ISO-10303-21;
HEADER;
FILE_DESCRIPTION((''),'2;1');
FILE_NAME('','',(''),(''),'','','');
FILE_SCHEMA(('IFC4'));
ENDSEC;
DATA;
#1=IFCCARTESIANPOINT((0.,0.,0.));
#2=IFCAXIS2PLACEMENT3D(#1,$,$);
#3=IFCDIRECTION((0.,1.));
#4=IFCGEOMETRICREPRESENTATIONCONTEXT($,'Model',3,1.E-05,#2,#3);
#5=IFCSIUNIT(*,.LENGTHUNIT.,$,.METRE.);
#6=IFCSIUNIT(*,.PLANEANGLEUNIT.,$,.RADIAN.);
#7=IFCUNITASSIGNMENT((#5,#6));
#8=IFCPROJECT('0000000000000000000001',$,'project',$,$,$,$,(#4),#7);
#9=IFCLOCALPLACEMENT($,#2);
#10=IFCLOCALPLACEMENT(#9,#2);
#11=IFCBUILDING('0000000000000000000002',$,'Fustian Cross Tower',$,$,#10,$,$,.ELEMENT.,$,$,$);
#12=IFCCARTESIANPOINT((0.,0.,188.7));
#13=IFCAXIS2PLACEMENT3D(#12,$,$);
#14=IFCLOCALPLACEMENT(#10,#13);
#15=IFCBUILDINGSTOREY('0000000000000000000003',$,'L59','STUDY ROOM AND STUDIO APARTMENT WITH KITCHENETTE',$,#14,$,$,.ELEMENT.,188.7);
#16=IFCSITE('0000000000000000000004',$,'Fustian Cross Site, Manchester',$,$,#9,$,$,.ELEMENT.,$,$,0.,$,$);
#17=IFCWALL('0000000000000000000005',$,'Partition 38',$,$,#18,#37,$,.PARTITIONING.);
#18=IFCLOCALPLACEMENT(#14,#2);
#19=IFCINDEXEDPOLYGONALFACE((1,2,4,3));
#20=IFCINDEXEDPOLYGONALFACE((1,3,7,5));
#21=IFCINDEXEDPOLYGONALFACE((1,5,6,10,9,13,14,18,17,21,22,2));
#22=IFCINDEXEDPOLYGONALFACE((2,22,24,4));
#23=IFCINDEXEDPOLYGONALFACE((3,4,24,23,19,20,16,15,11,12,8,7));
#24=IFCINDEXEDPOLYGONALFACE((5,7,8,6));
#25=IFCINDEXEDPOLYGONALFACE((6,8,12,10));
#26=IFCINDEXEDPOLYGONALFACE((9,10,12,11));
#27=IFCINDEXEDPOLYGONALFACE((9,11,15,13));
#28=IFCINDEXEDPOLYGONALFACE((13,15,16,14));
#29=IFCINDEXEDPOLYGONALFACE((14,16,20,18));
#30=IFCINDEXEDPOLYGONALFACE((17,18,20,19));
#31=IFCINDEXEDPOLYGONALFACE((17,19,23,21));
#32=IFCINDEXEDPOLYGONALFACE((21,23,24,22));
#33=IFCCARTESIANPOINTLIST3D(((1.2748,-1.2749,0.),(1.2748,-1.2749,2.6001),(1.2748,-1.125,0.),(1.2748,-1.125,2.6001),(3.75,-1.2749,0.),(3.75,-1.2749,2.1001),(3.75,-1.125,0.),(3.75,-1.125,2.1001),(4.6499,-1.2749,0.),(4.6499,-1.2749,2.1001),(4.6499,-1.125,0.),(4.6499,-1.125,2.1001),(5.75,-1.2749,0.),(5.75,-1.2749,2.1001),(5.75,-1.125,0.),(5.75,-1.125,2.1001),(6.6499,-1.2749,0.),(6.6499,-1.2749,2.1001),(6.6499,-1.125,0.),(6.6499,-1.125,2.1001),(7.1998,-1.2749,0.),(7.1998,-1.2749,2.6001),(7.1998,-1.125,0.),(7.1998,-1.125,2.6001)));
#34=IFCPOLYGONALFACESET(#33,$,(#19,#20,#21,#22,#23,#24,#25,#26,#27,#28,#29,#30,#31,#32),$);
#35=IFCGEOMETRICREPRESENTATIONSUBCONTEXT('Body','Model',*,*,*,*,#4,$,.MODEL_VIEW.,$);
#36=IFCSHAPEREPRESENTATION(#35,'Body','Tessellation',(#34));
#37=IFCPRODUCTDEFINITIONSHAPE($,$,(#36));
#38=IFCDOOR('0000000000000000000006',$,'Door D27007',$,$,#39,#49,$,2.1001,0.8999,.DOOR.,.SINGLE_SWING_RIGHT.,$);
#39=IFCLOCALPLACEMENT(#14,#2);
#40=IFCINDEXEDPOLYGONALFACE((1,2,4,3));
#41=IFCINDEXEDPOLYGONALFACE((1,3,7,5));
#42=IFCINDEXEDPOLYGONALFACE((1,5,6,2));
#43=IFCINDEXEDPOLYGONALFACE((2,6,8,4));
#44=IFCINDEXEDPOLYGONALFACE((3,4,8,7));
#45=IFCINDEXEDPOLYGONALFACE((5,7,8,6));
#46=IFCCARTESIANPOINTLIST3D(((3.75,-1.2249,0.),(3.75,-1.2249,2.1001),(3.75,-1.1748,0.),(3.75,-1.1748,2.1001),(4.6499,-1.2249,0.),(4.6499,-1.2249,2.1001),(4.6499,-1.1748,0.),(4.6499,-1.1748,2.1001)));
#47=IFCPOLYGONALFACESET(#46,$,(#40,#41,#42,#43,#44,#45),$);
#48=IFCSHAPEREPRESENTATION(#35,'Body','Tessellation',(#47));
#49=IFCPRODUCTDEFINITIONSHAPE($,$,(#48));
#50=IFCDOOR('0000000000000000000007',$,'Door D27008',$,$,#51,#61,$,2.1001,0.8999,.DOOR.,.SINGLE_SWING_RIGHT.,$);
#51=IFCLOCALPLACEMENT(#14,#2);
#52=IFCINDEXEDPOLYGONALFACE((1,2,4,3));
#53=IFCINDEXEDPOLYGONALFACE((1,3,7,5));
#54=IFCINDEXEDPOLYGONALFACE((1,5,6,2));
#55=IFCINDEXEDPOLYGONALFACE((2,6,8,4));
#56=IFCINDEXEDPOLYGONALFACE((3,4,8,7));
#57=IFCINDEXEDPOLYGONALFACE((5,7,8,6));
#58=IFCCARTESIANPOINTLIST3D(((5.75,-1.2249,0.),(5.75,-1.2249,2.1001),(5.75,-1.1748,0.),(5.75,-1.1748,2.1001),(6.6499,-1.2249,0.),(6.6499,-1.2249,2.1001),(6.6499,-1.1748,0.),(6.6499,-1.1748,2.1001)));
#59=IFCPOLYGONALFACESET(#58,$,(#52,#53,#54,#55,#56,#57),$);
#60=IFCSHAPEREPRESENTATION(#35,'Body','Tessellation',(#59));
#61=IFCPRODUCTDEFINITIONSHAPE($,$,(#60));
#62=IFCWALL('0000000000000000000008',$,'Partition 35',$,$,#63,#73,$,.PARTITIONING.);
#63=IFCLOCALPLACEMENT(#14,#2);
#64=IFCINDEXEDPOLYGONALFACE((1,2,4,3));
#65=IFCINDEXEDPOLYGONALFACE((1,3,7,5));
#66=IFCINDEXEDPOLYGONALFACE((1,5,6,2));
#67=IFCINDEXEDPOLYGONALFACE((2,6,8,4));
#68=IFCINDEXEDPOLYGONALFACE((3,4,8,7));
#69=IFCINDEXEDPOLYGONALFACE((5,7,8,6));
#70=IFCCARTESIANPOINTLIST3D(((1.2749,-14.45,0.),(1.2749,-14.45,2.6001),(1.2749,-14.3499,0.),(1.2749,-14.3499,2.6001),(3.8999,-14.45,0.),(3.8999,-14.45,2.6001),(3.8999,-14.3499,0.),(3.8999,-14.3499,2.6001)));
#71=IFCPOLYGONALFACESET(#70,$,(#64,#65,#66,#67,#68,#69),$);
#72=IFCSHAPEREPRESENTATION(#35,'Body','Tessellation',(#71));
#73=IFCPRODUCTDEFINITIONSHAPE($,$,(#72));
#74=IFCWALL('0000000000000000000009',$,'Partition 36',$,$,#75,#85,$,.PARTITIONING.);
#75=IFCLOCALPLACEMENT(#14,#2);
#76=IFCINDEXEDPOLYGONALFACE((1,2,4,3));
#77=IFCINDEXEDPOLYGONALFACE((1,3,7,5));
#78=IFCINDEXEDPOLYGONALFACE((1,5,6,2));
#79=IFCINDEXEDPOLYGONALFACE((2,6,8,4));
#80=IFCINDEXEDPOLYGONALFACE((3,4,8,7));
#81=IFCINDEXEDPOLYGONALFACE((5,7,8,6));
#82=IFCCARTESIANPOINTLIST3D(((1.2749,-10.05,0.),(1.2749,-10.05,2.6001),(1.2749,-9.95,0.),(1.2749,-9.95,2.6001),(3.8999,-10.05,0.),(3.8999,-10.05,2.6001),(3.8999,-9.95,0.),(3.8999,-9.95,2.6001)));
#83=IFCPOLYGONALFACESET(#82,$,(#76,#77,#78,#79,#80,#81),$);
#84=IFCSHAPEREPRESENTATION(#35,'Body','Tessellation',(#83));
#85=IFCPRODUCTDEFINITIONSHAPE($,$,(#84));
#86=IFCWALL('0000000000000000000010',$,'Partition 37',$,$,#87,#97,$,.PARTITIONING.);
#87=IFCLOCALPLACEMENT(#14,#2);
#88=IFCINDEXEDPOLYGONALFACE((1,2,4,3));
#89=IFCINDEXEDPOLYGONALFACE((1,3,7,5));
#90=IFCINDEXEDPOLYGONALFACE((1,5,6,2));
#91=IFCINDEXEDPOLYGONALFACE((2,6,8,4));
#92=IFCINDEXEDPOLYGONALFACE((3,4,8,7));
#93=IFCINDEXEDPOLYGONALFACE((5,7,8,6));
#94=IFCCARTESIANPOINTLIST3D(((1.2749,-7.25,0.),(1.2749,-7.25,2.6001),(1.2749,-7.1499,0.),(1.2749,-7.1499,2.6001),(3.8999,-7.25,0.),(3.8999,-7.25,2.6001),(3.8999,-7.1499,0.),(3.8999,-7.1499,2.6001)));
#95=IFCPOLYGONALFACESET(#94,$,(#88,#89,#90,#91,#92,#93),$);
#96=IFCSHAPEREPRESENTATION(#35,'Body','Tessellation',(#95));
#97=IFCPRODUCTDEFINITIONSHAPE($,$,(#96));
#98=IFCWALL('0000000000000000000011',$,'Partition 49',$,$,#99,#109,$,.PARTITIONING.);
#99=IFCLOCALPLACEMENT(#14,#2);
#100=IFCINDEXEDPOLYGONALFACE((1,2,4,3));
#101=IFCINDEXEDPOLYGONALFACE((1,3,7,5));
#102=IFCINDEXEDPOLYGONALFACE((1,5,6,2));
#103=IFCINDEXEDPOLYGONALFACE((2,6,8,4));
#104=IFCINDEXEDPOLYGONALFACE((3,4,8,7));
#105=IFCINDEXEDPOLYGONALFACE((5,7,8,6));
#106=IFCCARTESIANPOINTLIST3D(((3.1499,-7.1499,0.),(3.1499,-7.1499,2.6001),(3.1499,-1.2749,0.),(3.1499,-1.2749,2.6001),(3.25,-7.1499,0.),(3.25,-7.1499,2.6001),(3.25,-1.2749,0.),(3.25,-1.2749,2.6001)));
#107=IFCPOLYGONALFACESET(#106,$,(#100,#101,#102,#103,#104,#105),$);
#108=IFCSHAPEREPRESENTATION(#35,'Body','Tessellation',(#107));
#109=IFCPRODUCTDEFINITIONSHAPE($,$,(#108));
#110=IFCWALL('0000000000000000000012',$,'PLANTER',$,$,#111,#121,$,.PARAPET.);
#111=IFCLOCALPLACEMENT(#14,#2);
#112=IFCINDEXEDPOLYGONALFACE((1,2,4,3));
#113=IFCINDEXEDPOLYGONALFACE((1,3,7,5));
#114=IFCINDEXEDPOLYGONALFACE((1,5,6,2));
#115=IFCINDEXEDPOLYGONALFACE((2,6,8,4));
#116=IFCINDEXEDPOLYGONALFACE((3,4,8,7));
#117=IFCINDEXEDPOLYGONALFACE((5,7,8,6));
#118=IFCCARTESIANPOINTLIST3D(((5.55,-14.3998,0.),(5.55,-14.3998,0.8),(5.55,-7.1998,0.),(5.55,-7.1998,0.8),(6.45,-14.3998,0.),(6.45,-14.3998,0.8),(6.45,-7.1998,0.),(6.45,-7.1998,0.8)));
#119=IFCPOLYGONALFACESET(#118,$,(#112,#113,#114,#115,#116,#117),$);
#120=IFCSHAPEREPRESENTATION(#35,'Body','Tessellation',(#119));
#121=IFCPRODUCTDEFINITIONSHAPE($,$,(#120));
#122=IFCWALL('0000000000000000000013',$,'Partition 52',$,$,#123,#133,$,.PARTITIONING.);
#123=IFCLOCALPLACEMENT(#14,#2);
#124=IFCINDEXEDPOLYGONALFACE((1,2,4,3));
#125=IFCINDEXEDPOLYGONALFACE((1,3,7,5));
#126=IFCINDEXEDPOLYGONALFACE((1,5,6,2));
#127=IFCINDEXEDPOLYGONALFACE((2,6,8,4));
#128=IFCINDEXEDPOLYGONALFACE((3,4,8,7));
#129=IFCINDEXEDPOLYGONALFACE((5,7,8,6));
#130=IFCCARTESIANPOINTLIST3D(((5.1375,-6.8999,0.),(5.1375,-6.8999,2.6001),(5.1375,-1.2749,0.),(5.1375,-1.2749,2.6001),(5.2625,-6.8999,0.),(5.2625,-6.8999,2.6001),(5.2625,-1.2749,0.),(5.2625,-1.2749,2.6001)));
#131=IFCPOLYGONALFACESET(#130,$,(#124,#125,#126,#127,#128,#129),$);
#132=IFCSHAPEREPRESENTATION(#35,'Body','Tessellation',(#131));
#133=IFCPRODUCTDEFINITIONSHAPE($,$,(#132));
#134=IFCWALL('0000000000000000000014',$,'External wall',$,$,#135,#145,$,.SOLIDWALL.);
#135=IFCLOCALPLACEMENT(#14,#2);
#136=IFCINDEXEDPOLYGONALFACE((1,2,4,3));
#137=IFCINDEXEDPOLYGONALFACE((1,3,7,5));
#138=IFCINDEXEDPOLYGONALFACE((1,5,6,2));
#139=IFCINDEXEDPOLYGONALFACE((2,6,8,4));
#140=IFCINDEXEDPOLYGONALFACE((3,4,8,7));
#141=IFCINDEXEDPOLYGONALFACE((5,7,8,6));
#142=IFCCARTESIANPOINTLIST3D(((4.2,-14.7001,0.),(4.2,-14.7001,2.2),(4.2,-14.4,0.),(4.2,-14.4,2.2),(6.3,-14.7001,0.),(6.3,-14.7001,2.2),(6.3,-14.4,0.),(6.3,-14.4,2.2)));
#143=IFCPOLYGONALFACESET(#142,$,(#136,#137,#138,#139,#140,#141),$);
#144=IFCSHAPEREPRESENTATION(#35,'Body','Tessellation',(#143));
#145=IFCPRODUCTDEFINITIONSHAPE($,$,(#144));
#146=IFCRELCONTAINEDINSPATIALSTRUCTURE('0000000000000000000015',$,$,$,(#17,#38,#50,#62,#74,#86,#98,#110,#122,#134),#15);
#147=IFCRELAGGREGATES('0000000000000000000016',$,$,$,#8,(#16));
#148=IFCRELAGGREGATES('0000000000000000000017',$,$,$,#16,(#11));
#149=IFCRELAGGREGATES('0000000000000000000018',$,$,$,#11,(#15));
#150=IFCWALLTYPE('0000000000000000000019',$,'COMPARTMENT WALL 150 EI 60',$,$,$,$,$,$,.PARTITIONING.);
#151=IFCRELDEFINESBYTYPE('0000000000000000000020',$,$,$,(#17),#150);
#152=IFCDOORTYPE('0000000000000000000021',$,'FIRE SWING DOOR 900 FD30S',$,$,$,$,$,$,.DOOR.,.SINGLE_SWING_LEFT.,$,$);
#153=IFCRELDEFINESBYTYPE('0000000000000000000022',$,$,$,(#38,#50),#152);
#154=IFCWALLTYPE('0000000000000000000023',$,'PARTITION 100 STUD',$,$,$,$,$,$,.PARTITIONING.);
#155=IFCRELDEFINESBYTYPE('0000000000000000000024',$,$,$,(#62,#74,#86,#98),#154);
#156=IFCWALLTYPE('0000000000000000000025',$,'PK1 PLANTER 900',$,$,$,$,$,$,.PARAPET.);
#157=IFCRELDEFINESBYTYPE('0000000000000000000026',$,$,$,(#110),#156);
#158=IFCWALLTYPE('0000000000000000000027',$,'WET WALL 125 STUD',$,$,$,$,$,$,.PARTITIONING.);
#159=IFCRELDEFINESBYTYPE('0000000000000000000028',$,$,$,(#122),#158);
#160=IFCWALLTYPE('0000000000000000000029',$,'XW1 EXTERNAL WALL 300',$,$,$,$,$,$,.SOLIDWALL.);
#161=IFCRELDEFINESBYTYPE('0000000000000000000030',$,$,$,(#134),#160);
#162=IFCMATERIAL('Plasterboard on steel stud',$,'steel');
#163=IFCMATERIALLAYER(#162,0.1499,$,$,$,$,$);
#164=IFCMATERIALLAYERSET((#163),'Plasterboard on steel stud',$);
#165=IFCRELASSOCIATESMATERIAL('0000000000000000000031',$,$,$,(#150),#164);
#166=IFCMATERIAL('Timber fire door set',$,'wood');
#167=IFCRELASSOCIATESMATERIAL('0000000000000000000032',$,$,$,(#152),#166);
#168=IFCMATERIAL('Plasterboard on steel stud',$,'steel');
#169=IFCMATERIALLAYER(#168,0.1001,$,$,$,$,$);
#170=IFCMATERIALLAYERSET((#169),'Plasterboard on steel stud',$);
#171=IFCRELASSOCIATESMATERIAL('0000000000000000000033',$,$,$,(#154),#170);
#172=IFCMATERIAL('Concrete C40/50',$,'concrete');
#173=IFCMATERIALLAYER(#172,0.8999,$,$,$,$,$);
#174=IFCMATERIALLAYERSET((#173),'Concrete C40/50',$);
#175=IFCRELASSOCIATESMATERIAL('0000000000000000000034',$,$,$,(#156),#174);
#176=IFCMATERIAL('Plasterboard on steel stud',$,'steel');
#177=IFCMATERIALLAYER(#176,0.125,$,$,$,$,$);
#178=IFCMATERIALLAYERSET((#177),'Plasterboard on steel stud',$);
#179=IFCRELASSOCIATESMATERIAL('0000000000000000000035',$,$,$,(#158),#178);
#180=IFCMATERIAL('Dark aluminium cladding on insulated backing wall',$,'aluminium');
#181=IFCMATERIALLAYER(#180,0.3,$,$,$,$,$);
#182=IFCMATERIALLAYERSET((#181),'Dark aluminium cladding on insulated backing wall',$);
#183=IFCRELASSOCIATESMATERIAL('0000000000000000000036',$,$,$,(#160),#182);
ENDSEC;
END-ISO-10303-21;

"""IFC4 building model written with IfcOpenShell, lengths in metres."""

from ifc_helpers import new_model, si_unit, direction, frame, frame_2d, origin, place, context, subcontext, project, spatial, rectangle, extrude, material, layer, layer_set, type_object, element, fill, save


model = new_model("IFC4")

# Units and contexts
model_context = context("Model", 3, precision=1e-05, world=origin(), true_north=direction((0.0, 1.0)))
body_context = subcontext(model_context, "Body", "Model", "MODEL_VIEW")
ifc_project = project(units=[si_unit("LENGTHUNIT", "METRE"), si_unit("PLANEANGLEUNIT", "RADIAN")], contexts=[model_context])

# Site, building, storey
site_placement = place(None, origin())
site = spatial("IfcSite", under=ifc_project, at=site_placement, Name="Fustian Cross Site, Manchester", CompositionType="ELEMENT", RefElevation=0.0)
building_placement = place(site_placement, origin())
building = spatial("IfcBuilding", under=site, at=building_placement, Name="Fustian Cross Tower", CompositionType="ELEMENT")
storey_placement = place(building_placement, frame((0.0, 0.0, 188.7)))
storey = spatial("IfcBuildingStorey", under=building, at=storey_placement, Name="L59", Description="STUDY ROOM AND STUDIO APARTMENT WITH KITCHENETTE", CompositionType="ELEMENT", Elevation=188.7)

# Wall, openings, doors
ifc_material_1 = material(Name="Plasterboard on steel stud", Category="steel")
ifc_layer_1 = layer(ifc_material_1, 0.1499)
ifc_layer_set_1 = layer_set([ifc_layer_1], Name="Plasterboard on steel stud")
wall_type_1 = type_object("IfcWallType", Name="COMPARTMENT WALL 150 EI 60", PredefinedType="PARTITIONING", material=ifc_layer_set_1)
wall_1_placement = place(storey_placement, frame((1.2749, -1.2, 0.0), z_axis=(0.0, 0.0, 1.0), x_axis=(1.0, 0.0, 0.0)))
wall_1 = element("IfcWall", 1, at=wall_1_placement, inside=storey, type_object=wall_type_1, Name="Partition 38", PredefinedType="PARTITIONING", context=body_context, shape_type="SweptSolid", body=[
    extrude(rectangle(XDim=5.925, YDim=0.1499, at=frame_2d((2.9624, 0.0))), origin(), (0.0, 0.0, 1.0), 2.6001),
])
opening_1_placement = place(wall_1_placement, frame((2.4751, 0.0, 0.0)))
opening_1 = element("IfcOpeningElement", 2, at=opening_1_placement, cuts=wall_1, PredefinedType="OPENING", context=body_context, shape_type="SweptSolid", body=[
    extrude(rectangle(XDim=0.8999, YDim=2.1001, at=frame_2d((0.45, 1.05))), frame((0.0, 0.085, 0.0), z_axis=(0.0, -1.0, 0.0), x_axis=(1.0, 0.0, 0.0)), (0.0, 0.0, 1.0), 0.1699),
])
opening_2_placement = place(wall_1_placement, frame((4.4751, 0.0, 0.0)))
opening_2 = element("IfcOpeningElement", 3, at=opening_2_placement, cuts=wall_1, PredefinedType="OPENING", context=body_context, shape_type="SweptSolid", body=[
    extrude(rectangle(XDim=0.8999, YDim=2.1001, at=frame_2d((0.45, 1.05))), frame((0.0, 0.085, 0.0), z_axis=(0.0, -1.0, 0.0), x_axis=(1.0, 0.0, 0.0)), (0.0, 0.0, 1.0), 0.1699),
])
ifc_material_2 = material(Name="Timber fire door set", Category="wood")
door_type_1 = type_object("IfcDoorType", Name="FIRE SWING DOOR 900 FD30S", OperationType="SINGLE_SWING_LEFT", PredefinedType="DOOR", material=ifc_material_2)
door_1_placement = place(opening_1_placement, frame((0.8999, 0.0, 0.0), z_axis=(0.0, 0.0, 1.0), x_axis=(-1.0, 0.0, 0.0)))
door_1 = element("IfcDoor", 4, at=door_1_placement, inside=storey, type_object=door_type_1, Name="Door D27007", OperationType="SINGLE_SWING_RIGHT", OverallHeight=2.1001, OverallWidth=0.8999, PredefinedType="DOOR", context=body_context, shape_type="SweptSolid", body=[
    extrude(rectangle(XDim=0.8999, YDim=2.1001, at=frame_2d((0.45, 1.05))), frame((0.0, 0.0249, 0.0), z_axis=(0.0, -1.0, 0.0), x_axis=(1.0, 0.0, 0.0)), (0.0, 0.0, 1.0), 0.05),
])
fill(opening_1, door_1)
door_2_placement = place(opening_2_placement, frame((0.8999, 0.0, 0.0), z_axis=(0.0, 0.0, 1.0), x_axis=(-1.0, 0.0, 0.0)))
door_2 = element("IfcDoor", 5, at=door_2_placement, inside=storey, type_object=door_type_1, Name="Door D27008", OperationType="SINGLE_SWING_RIGHT", OverallHeight=2.1001, OverallWidth=0.8999, PredefinedType="DOOR", context=body_context, shape_type="SweptSolid", body=[
    extrude(rectangle(XDim=0.8999, YDim=2.1001, at=frame_2d((0.45, 1.05))), frame((0.0, 0.0249, 0.0), z_axis=(0.0, -1.0, 0.0), x_axis=(1.0, 0.0, 0.0)), (0.0, 0.0, 1.0), 0.05),
])
fill(opening_2, door_2)

# Walls
ifc_material_3 = material(Name="Plasterboard on steel stud", Category="steel")
ifc_layer_2 = layer(ifc_material_3, 0.1001)
ifc_layer_set_2 = layer_set([ifc_layer_2], Name="Plasterboard on steel stud")
wall_type_2 = type_object("IfcWallType", Name="PARTITION 100 STUD", PredefinedType="PARTITIONING", material=ifc_layer_set_2)
for number, where, z_axis, x_axis, name in (
    (6, (1.2749, -14.3999, 0.0), (0.0, 0.0, 1.0), (1.0, 0.0, 0.0), "Partition 35"),
    (7, (1.2749, -10.0, 0.0), (0.0, 0.0, 1.0), (1.0, 0.0, 0.0), "Partition 36"),
    (8, (1.2749, -7.2, 0.0), (0.0, 0.0, 1.0), (1.0, 0.0, 0.0), "Partition 37"),
):
    element("IfcWall", number, at=place(storey_placement, frame(where, z_axis=z_axis, x_axis=x_axis)), inside=storey, type_object=wall_type_2, Name=name, PredefinedType="PARTITIONING", context=body_context, shape_type="SweptSolid", body=[
        extrude(rectangle(XDim=2.625, YDim=0.1001, at=frame_2d((1.3125, 0.0))), origin(), (0.0, 0.0, 1.0), 2.6001),
    ])
wall_2_placement = place(storey_placement, frame((3.2, -7.1499, 0.0), z_axis=(0.0, 0.0, 1.0), x_axis=(0.0, 1.0, 0.0)))
element("IfcWall", 9, at=wall_2_placement, inside=storey, type_object=wall_type_2, Name="Partition 49", PredefinedType="PARTITIONING", context=body_context, shape_type="SweptSolid", body=[
    extrude(rectangle(XDim=5.875, YDim=0.1001, at=frame_2d((2.9375, 0.0))), origin(), (0.0, 0.0, 1.0), 2.6001),
])
ifc_material_4 = material(Name="Concrete C40/50", Category="concrete")
ifc_layer_3 = layer(ifc_material_4, 0.8999)
ifc_layer_set_3 = layer_set([ifc_layer_3], Name="Concrete C40/50")
wall_type_3 = type_object("IfcWallType", Name="PK1 PLANTER 900", PredefinedType="PARAPET", material=ifc_layer_set_3)
wall_3_placement = place(storey_placement, frame((6.0, -14.3999, 0.0), z_axis=(0.0, 0.0, 1.0), x_axis=(0.0, 1.0, 0.0)))
element("IfcWall", 10, at=wall_3_placement, inside=storey, type_object=wall_type_3, Name="PLANTER", PredefinedType="PARAPET", context=body_context, shape_type="SweptSolid", body=[
    extrude(rectangle(XDim=7.2, YDim=0.8999, at=frame_2d((3.6001, 0.0))), origin(), (0.0, 0.0, 1.0), 0.8),
])
ifc_material_5 = material(Name="Plasterboard on steel stud", Category="steel")
ifc_layer_4 = layer(ifc_material_5, 0.125)
ifc_layer_set_4 = layer_set([ifc_layer_4], Name="Plasterboard on steel stud")
wall_type_4 = type_object("IfcWallType", Name="WET WALL 125 STUD", PredefinedType="PARTITIONING", material=ifc_layer_set_4)
wall_4_placement = place(storey_placement, frame((5.2, -6.8999, 0.0), z_axis=(0.0, 0.0, 1.0), x_axis=(0.0, 1.0, 0.0)))
element("IfcWall", 11, at=wall_4_placement, inside=storey, type_object=wall_type_4, Name="Partition 52", PredefinedType="PARTITIONING", context=body_context, shape_type="SweptSolid", body=[
    extrude(rectangle(XDim=5.625, YDim=0.125, at=frame_2d((2.8125, 0.0))), origin(), (0.0, 0.0, 1.0), 2.6001),
])
ifc_material_6 = material(Name="Dark aluminium cladding on insulated backing wall", Category="aluminium")
ifc_layer_5 = layer(ifc_material_6, 0.3)
ifc_layer_set_5 = layer_set([ifc_layer_5], Name="Dark aluminium cladding on insulated backing wall")
wall_type_5 = type_object("IfcWallType", Name="XW1 EXTERNAL WALL 300", PredefinedType="SOLIDWALL", material=ifc_layer_set_5)
wall_5_placement = place(storey_placement, frame((6.3, -14.55, 0.0), z_axis=(0.0, 0.0, 1.0), x_axis=(-1.0, 0.0, 0.0)))
element("IfcWall", 12, at=wall_5_placement, inside=storey, type_object=wall_type_5, Name="External wall", PredefinedType="SOLIDWALL", context=body_context, shape_type="SweptSolid", body=[
    extrude(rectangle(XDim=2.1001, YDim=0.3, at=frame_2d((1.05, 0.0))), origin(), (0.0, 0.0, 1.0), 2.2),
])

save(model, "model.ifc")
